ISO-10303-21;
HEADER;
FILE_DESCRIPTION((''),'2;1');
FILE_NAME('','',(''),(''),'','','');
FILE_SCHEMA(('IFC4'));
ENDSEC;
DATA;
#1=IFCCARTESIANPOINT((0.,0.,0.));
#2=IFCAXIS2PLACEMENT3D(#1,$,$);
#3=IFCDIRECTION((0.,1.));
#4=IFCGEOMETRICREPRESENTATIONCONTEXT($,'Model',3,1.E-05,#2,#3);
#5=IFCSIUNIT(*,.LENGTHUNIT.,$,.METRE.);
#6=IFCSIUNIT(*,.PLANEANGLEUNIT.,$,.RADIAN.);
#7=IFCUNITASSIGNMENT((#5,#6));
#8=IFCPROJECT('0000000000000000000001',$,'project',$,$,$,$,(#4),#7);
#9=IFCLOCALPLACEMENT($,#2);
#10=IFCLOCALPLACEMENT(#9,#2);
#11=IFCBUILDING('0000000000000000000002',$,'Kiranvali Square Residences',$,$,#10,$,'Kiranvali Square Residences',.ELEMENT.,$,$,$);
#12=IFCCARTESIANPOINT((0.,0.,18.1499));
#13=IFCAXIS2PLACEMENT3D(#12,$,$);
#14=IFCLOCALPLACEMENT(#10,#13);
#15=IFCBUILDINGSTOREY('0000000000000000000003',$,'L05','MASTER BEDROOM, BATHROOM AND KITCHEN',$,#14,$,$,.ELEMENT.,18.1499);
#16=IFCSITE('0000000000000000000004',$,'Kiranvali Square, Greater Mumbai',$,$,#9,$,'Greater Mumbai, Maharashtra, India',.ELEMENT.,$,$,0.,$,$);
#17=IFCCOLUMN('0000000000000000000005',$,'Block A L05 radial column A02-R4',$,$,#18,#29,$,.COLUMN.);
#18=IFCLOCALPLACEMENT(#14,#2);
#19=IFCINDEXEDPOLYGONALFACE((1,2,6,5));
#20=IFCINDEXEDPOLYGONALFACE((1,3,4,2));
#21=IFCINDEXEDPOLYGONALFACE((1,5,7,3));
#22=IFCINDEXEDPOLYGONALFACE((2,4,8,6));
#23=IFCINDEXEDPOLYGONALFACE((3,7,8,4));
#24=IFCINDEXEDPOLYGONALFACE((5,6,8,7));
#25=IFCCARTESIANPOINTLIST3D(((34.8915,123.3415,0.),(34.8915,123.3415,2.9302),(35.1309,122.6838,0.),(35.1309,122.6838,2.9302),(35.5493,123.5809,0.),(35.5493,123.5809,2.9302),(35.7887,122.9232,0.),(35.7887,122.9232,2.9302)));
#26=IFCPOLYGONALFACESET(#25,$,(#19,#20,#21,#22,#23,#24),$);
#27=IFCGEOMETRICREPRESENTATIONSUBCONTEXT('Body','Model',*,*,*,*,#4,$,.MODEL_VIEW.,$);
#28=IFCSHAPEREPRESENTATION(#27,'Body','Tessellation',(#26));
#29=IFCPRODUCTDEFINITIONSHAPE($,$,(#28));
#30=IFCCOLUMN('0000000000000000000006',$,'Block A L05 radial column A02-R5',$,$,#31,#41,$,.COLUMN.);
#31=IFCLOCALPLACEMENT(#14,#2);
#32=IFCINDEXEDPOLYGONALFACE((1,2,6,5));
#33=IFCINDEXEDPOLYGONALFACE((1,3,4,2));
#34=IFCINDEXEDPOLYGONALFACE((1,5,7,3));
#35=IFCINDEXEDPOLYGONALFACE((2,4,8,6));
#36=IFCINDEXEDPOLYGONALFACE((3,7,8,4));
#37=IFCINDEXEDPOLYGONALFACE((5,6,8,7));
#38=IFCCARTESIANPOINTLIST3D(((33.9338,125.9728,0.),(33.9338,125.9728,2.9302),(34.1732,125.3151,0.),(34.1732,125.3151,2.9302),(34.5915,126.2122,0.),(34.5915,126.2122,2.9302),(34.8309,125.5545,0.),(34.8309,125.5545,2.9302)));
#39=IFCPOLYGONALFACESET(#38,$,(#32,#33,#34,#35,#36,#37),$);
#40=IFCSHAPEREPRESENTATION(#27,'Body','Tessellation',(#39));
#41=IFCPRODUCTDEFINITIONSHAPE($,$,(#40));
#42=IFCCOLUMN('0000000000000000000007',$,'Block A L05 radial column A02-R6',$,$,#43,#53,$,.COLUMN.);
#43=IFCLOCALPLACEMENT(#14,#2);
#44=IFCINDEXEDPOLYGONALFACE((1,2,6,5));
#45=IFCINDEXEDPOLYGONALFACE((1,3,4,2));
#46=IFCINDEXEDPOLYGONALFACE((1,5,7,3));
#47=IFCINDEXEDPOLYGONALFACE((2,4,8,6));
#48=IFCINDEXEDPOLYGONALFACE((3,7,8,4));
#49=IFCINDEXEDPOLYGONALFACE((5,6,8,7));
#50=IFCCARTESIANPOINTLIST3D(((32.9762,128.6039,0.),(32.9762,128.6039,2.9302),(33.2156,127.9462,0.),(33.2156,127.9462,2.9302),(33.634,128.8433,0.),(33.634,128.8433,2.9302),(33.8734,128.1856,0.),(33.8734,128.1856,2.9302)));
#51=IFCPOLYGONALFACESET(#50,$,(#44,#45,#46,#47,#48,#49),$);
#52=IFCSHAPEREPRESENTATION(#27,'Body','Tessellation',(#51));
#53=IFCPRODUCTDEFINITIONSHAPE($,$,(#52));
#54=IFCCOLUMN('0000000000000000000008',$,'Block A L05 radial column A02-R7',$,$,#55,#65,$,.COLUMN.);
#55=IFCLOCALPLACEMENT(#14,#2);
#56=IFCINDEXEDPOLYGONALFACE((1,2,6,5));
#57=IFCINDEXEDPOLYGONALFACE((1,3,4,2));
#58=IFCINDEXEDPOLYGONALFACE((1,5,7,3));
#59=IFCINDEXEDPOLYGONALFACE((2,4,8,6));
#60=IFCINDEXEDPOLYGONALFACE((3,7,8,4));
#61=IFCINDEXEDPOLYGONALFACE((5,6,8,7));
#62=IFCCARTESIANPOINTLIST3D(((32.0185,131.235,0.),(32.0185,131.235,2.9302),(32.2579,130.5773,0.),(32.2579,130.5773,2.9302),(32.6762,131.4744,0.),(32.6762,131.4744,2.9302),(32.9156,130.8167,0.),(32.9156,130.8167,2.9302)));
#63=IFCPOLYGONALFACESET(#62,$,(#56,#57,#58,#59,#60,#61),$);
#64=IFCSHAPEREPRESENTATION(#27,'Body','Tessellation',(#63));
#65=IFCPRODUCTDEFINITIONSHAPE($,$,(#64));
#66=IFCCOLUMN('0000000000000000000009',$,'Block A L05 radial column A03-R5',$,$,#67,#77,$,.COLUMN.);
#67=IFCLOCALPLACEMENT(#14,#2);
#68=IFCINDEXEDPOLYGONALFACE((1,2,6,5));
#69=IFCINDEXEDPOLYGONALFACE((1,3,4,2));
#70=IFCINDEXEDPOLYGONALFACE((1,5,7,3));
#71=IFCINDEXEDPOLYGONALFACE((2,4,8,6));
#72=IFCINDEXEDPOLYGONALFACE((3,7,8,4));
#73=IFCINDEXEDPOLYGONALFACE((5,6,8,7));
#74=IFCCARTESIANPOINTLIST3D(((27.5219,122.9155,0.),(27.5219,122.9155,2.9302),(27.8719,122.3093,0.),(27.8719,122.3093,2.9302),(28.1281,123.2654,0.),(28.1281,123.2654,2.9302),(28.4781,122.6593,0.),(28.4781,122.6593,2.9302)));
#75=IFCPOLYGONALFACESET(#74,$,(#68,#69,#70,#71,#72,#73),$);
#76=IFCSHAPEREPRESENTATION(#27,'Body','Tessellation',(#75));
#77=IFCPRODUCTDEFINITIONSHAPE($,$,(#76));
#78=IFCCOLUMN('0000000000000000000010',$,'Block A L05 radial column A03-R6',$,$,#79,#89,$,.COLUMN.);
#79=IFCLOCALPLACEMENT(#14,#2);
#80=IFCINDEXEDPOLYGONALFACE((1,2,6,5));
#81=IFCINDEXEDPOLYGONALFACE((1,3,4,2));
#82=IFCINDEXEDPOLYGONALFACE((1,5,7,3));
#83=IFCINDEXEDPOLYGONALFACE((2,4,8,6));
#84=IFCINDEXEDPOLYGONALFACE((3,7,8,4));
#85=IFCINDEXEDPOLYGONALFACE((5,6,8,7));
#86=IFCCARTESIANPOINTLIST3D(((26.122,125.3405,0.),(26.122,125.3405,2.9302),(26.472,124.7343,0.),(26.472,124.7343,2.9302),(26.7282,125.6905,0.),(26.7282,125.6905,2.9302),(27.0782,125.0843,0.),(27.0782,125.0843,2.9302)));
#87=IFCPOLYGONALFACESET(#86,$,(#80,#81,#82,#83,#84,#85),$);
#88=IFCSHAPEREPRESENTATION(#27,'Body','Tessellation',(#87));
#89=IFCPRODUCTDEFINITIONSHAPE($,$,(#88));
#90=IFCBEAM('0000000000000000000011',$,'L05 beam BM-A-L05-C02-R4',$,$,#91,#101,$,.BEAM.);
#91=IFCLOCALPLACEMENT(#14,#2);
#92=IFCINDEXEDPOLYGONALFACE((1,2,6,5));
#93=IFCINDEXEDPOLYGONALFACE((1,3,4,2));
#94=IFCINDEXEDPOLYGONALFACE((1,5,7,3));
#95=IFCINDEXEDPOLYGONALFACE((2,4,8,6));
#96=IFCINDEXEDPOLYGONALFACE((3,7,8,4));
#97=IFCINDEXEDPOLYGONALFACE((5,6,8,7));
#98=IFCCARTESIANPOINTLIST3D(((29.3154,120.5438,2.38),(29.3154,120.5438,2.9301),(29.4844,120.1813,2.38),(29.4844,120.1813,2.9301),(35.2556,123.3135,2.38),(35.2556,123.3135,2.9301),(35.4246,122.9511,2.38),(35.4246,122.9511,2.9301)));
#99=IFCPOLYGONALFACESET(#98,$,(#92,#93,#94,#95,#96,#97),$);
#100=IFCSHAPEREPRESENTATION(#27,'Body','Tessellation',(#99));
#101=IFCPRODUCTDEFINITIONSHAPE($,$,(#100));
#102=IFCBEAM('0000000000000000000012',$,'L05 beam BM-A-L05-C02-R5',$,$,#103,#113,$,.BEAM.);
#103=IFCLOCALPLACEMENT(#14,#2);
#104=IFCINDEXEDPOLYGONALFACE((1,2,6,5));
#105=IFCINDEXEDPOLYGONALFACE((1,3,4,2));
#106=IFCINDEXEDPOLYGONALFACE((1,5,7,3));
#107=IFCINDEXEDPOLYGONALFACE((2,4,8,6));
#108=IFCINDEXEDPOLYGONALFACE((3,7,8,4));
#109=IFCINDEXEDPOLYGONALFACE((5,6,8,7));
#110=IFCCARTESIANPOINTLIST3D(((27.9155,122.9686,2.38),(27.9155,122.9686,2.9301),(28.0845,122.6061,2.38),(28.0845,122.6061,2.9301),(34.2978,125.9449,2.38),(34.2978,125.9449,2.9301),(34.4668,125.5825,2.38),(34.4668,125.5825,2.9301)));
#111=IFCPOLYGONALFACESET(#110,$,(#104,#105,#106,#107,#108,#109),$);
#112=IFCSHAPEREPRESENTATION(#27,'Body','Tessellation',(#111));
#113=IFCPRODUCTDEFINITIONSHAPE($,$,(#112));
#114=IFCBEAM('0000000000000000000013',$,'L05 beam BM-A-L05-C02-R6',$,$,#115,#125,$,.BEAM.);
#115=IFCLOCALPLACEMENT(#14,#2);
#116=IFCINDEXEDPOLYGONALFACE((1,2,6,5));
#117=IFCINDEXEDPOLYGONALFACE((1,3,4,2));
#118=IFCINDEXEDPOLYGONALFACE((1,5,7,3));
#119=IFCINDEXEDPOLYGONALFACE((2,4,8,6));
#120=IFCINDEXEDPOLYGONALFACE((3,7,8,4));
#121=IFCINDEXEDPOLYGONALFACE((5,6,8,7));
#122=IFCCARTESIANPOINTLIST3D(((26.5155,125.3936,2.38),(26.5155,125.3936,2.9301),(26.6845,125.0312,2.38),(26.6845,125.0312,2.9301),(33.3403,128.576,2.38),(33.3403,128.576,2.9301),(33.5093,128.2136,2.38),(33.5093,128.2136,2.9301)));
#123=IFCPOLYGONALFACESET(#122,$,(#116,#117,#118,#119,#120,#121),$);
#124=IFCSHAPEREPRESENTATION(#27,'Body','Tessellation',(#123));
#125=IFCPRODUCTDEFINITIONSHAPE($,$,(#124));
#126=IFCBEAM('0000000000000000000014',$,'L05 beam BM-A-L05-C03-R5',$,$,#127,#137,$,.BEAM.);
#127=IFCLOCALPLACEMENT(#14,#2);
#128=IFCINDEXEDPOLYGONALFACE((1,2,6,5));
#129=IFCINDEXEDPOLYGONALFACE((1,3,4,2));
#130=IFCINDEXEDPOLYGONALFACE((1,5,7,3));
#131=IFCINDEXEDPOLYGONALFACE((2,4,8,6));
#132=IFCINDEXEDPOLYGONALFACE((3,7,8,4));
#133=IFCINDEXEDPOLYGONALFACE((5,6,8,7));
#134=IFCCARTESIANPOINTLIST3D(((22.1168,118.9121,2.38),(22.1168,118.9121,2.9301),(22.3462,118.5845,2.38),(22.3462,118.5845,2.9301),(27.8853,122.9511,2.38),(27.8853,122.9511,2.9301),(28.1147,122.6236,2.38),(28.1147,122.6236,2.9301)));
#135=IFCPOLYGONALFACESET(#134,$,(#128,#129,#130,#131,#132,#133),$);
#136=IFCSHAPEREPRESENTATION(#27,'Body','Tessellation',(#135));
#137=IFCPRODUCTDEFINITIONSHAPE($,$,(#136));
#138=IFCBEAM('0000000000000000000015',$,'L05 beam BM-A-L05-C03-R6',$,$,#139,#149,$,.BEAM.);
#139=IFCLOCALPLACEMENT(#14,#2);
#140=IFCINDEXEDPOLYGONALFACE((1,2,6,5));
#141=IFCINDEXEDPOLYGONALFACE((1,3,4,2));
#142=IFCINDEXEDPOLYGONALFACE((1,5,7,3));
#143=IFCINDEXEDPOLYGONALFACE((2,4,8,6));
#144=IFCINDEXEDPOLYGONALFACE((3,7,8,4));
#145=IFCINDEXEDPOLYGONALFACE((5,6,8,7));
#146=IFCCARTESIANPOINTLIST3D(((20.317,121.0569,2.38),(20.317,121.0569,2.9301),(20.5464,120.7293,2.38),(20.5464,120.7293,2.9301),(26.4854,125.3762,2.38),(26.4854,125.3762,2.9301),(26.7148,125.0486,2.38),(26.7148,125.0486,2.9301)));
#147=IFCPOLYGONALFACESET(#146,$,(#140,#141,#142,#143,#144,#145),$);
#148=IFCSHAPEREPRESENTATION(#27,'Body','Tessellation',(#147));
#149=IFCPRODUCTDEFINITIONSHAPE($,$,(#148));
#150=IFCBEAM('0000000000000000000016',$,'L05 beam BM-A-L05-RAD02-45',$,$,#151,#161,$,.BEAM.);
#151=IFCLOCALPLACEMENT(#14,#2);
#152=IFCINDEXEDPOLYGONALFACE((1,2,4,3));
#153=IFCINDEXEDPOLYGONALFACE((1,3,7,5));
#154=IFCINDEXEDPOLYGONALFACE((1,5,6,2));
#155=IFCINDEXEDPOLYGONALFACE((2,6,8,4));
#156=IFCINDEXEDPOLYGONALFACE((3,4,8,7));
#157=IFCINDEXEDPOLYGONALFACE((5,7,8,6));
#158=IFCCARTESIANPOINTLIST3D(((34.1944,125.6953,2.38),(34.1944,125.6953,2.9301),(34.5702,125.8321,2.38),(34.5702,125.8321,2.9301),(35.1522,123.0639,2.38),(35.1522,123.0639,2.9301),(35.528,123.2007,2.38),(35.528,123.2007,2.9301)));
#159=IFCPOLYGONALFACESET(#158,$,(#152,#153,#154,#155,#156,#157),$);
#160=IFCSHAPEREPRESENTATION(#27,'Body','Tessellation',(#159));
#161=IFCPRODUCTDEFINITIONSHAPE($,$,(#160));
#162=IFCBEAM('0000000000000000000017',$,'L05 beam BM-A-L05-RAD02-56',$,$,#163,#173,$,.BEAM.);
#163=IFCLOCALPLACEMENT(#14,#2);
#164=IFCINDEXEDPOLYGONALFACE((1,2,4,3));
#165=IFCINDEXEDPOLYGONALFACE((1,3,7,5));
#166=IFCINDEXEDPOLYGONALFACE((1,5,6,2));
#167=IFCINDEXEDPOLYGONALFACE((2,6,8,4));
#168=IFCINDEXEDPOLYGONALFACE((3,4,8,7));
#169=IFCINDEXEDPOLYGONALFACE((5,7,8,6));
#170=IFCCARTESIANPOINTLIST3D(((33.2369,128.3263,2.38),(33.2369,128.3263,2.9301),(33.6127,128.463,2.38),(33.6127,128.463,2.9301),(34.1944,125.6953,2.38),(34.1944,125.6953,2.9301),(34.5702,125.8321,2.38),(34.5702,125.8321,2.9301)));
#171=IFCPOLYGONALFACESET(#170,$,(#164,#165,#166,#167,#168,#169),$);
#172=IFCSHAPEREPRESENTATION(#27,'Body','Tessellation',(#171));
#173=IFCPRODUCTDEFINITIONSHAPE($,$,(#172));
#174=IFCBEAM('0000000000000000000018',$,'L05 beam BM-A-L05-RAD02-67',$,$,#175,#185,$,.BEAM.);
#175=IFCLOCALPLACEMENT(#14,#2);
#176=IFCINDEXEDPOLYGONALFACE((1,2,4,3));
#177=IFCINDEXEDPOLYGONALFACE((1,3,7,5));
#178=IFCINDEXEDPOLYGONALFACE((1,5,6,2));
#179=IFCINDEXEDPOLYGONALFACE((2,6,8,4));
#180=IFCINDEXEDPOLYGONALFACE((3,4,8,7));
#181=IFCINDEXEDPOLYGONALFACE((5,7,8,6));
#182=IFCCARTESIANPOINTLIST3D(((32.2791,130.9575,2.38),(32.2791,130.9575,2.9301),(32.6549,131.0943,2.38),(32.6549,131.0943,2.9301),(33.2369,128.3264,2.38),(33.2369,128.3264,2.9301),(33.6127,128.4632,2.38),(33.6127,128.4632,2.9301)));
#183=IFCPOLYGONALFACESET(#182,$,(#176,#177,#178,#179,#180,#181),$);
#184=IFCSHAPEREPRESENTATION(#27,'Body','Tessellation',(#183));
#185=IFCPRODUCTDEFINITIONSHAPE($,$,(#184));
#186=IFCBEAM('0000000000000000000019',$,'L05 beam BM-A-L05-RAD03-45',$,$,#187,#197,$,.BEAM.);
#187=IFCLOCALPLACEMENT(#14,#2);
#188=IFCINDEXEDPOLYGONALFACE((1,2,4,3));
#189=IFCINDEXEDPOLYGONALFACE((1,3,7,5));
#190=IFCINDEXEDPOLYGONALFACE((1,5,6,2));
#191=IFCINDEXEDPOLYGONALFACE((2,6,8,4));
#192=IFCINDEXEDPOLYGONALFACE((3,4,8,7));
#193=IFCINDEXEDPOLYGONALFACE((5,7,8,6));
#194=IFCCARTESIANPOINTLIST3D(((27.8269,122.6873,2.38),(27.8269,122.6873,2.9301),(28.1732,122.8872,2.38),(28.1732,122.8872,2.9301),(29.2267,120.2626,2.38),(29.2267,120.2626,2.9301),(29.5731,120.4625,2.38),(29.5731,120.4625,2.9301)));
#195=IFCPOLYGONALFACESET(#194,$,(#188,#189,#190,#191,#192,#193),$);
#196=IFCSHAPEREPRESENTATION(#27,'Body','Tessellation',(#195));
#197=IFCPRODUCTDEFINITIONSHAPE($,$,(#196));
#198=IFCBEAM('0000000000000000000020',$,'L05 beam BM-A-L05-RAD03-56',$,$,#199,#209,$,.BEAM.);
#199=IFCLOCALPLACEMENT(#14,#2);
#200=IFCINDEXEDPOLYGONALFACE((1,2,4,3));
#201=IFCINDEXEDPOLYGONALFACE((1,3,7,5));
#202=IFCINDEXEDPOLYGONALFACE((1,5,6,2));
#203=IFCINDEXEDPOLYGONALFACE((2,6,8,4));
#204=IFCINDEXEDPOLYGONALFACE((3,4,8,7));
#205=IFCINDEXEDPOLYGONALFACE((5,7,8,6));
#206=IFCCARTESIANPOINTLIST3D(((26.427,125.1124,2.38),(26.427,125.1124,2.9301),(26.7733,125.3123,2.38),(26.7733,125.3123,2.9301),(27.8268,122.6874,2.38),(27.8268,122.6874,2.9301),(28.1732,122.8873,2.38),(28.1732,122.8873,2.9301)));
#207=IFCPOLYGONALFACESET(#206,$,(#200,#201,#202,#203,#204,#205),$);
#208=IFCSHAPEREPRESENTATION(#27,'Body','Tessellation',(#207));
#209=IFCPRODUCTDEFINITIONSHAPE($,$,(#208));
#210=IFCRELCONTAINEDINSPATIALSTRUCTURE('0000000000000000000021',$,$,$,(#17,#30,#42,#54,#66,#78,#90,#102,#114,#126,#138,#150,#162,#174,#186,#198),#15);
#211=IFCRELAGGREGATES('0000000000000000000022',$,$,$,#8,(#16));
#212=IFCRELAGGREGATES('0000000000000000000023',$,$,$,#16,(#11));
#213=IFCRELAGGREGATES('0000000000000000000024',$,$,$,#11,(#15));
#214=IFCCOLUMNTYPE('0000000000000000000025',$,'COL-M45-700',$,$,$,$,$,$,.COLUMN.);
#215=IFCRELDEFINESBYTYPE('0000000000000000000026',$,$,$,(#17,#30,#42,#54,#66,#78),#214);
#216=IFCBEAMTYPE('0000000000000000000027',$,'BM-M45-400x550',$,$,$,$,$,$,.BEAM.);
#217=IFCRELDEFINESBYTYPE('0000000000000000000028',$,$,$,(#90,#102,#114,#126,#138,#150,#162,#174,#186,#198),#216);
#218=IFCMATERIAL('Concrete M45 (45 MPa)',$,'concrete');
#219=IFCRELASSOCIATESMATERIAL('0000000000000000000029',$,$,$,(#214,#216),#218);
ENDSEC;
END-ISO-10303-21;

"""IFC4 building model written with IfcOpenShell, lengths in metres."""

from ifc_helpers import new_model, si_unit, direction, frame, origin, origin_2d, place, context, subcontext, project, spatial, rectangle, extrude, material, material_profile, profile_set, type_object, element, save


model = new_model("IFC4")

# Units and contexts
model_context = context("Model", 3, precision=1e-05, world=origin(), true_north=direction((0.0, 1.0)))
body_context = subcontext(model_context, "Body", "Model", "MODEL_VIEW")
ifc_project = project(units=[si_unit("LENGTHUNIT", "METRE"), si_unit("PLANEANGLEUNIT", "RADIAN")], contexts=[model_context])

# Site, building, storey
site_placement = place(None, origin())
site = spatial("IfcSite", under=ifc_project, at=site_placement, Name="Kiranvali Square, Greater Mumbai", LongName="Greater Mumbai, Maharashtra, India", CompositionType="ELEMENT", RefElevation=0.0)
building_placement = place(site_placement, origin())
building = spatial("IfcBuilding", under=site, at=building_placement, Name="Kiranvali Square Residences", LongName="Kiranvali Square Residences", CompositionType="ELEMENT")
storey_placement = place(building_placement, frame((0.0, 0.0, 18.1499)))
storey = spatial("IfcBuildingStorey", under=building, at=storey_placement, Name="L05", Description="MASTER BEDROOM, BATHROOM AND KITCHEN", CompositionType="ELEMENT", Elevation=18.1499)

# Columns
ifc_material_1 = material(Name="Concrete M45 (45 MPa)", Category="concrete")
ifc_material_profile_1 = material_profile(ifc_material_1, rectangle(XDim=0.7, YDim=0.7, at=origin_2d()), Name="RC 700x700")
ifc_profile_set_1 = profile_set([ifc_material_profile_1], Name="Concrete M45 (45 MPa)")
column_type = type_object("IfcColumnType", Name="COL-M45-700", PredefinedType="COLUMN", material=ifc_profile_set_1)
for number, where, z_axis, x_axis, name in (
    (1, (35.3401, 123.1323, 0.0), (0.0, 0.0, 1.0), (0.939693, 0.34202, 0.0), "Block A L05 radial column A02-R4"),
    (2, (34.3823, 125.7637, 0.0), (0.0, 0.0, 1.0), (0.939693, 0.34202, 0.0), "Block A L05 radial column A02-R5"),
    (3, (33.4248, 128.3948, 0.0), (0.0, 0.0, 1.0), (0.939693, 0.34202, 0.0), "Block A L05 radial column A02-R6"),
    (4, (32.467, 131.0259, 0.0), (0.0, 0.0, 1.0), (0.939693, 0.34202, 0.0), "Block A L05 radial column A02-R7"),
    (5, (28.0, 122.7874, 0.0), (0.0, 0.0, 1.0), (0.866025, 0.5, 0.0), "Block A L05 radial column A03-R5"),
    (6, (26.6001, 125.2124, 0.0), (0.0, 0.0, 1.0), (0.866025, 0.5, 0.0), "Block A L05 radial column A03-R6"),
):
    element("IfcColumn", number, at=place(storey_placement, frame(where, z_axis=z_axis, x_axis=x_axis)), inside=storey, type_object=column_type, Name=name, PredefinedType="COLUMN", context=body_context, shape_type="SweptSolid", body=[
        extrude(rectangle(XDim=0.7, YDim=0.7, at=origin_2d()), origin(), (0.0, 0.0, 1.0), 2.9302),
    ])

# Beams
ifc_material_profile_2 = material_profile(ifc_material_1, rectangle(XDim=0.3999, YDim=0.55, at=origin_2d()), Name="RC 400x550")
ifc_profile_set_2 = profile_set([ifc_material_profile_2], Name="Concrete M45 (45 MPa)")
beam_type_1 = type_object("IfcBeamType", Name="BM-M45-400x550", PredefinedType="BEAM", material=ifc_profile_set_2)
beam_1_placement = place(storey_placement, frame((35.3401, 123.1323, 2.655), z_axis=(-0.906318, -0.422596, 0.0), x_axis=(0.422596, -0.906318, 0.0)))
element("IfcBeam", 7, at=beam_1_placement, inside=storey, type_object=beam_type_1, Name="L05 beam BM-A-L05-C02-R4", PredefinedType="BEAM", context=body_context, shape_type="SweptSolid", body=[
    extrude(rectangle(XDim=0.3999, YDim=0.55, at=origin_2d()), origin(), (0.0, 0.0, 1.0), 6.5542),
])
beam_2_placement = place(storey_placement, frame((34.3823, 125.7637, 2.655), z_axis=(-0.906297, -0.422641, 0.0), x_axis=(0.422641, -0.906297, 0.0)))
element("IfcBeam", 8, at=beam_2_placement, inside=storey, type_object=beam_type_1, Name="L05 beam BM-A-L05-C02-R5", PredefinedType="BEAM", context=body_context, shape_type="SweptSolid", body=[
    extrude(rectangle(XDim=0.3999, YDim=0.55, at=origin_2d()), origin(), (0.0, 0.0, 1.0), 7.0422),
])
beam_3_placement = place(storey_placement, frame((33.4248, 128.3948, 2.655), z_axis=(-0.90631, -0.422614, 0.0), x_axis=(0.422614, -0.90631, 0.0)))
element("IfcBeam", 9, at=beam_3_placement, inside=storey, type_object=beam_type_1, Name="L05 beam BM-A-L05-C02-R6", PredefinedType="BEAM", context=body_context, shape_type="SweptSolid", body=[
    extrude(rectangle(XDim=0.3999, YDim=0.55, at=origin_2d()), origin(), (0.0, 0.0, 1.0), 7.5303),
])
beam_4_placement = place(storey_placement, frame((28.0, 122.7874, 2.655), z_axis=(-0.81916, -0.573565, 0.0), x_axis=(0.573565, -0.81916, 0.0)))
element("IfcBeam", 10, at=beam_4_placement, inside=storey, type_object=beam_type_1, Name="L05 beam BM-A-L05-C03-R5", PredefinedType="BEAM", context=body_context, shape_type="SweptSolid", body=[
    extrude(rectangle(XDim=0.3999, YDim=0.55, at=origin_2d()), origin(), (0.0, 0.0, 1.0), 7.042),
])
beam_5_placement = place(storey_placement, frame((26.6001, 125.2124, 2.655), z_axis=(-0.819144, -0.573589, 0.0), x_axis=(0.573589, -0.819144, 0.0)))
element("IfcBeam", 11, at=beam_5_placement, inside=storey, type_object=beam_type_1, Name="L05 beam BM-A-L05-C03-R6", PredefinedType="BEAM", context=body_context, shape_type="SweptSolid", body=[
    extrude(rectangle(XDim=0.3999, YDim=0.55, at=origin_2d()), origin(), (0.0, 0.0, 1.0), 7.5303),
])
beam_6_placement = place(storey_placement, frame((35.3401, 123.1323, 2.655), z_axis=(-0.34203, 0.939689, 0.0), x_axis=(-0.939689, -0.34203, 0.0)))
element("IfcBeam", 12, at=beam_6_placement, inside=storey, type_object=beam_type_1, Name="L05 beam BM-A-L05-RAD02-45", PredefinedType="BEAM", context=body_context, shape_type="SweptSolid", body=[
    extrude(rectangle(XDim=0.3999, YDim=0.55, at=origin_2d()), origin(), (0.0, 0.0, 1.0), 2.8003),
])
beam_7_placement = place(storey_placement, frame((34.3823, 125.7637, 2.655), z_axis=(-0.341981, 0.939707, 0.0), x_axis=(-0.939707, -0.341981, 0.0)))
element("IfcBeam", 13, at=beam_7_placement, inside=storey, type_object=beam_type_1, Name="L05 beam BM-A-L05-RAD02-56", PredefinedType="BEAM", context=body_context, shape_type="SweptSolid", body=[
    extrude(rectangle(XDim=0.3999, YDim=0.55, at=origin_2d()), origin(), (0.0, 0.0, 1.0), 2.7998),
])
beam_8_placement = place(storey_placement, frame((33.4248, 128.3948, 2.655), z_axis=(-0.342058, 0.939679, 0.0), x_axis=(-0.939679, -0.342058, 0.0)))
element("IfcBeam", 14, at=beam_8_placement, inside=storey, type_object=beam_type_1, Name="L05 beam BM-A-L05-RAD02-67", PredefinedType="BEAM", context=body_context, shape_type="SweptSolid", body=[
    extrude(rectangle(XDim=0.3999, YDim=0.55, at=origin_2d()), origin(), (0.0, 0.0, 1.0), 2.8),
])
beam_9_placement = place(storey_placement, frame((29.3999, 120.3625, 2.655), z_axis=(-0.499984, 0.866035, 0.0), x_axis=(-0.866035, -0.499984, 0.0)))
element("IfcBeam", 15, at=beam_9_placement, inside=storey, type_object=beam_type_1, Name="L05 beam BM-A-L05-RAD03-45", PredefinedType="BEAM", context=body_context, shape_type="SweptSolid", body=[
    extrude(rectangle(XDim=0.3999, YDim=0.55, at=origin_2d()), origin(), (0.0, 0.0, 1.0), 2.7998),
])
for number, where, z_axis, x_axis, name in (
    (16, (28.0, 122.7874, 2.655), (-0.499946, 0.866056, 0.0), (-0.866056, -0.499946, 0.0), "L05 beam BM-A-L05-RAD03-56"),
):
    element("IfcBeam", number, at=place(storey_placement, frame(where, z_axis=z_axis, x_axis=x_axis)), inside=storey, type_object=beam_type_1, Name=name, PredefinedType="BEAM", context=body_context, shape_type="SweptSolid", body=[
        extrude(rectangle(XDim=0.3999, YDim=0.55, at=origin_2d()), origin(), (0.0, 0.0, 1.0), 2.8),
    ])

save(model, "model.ifc")
